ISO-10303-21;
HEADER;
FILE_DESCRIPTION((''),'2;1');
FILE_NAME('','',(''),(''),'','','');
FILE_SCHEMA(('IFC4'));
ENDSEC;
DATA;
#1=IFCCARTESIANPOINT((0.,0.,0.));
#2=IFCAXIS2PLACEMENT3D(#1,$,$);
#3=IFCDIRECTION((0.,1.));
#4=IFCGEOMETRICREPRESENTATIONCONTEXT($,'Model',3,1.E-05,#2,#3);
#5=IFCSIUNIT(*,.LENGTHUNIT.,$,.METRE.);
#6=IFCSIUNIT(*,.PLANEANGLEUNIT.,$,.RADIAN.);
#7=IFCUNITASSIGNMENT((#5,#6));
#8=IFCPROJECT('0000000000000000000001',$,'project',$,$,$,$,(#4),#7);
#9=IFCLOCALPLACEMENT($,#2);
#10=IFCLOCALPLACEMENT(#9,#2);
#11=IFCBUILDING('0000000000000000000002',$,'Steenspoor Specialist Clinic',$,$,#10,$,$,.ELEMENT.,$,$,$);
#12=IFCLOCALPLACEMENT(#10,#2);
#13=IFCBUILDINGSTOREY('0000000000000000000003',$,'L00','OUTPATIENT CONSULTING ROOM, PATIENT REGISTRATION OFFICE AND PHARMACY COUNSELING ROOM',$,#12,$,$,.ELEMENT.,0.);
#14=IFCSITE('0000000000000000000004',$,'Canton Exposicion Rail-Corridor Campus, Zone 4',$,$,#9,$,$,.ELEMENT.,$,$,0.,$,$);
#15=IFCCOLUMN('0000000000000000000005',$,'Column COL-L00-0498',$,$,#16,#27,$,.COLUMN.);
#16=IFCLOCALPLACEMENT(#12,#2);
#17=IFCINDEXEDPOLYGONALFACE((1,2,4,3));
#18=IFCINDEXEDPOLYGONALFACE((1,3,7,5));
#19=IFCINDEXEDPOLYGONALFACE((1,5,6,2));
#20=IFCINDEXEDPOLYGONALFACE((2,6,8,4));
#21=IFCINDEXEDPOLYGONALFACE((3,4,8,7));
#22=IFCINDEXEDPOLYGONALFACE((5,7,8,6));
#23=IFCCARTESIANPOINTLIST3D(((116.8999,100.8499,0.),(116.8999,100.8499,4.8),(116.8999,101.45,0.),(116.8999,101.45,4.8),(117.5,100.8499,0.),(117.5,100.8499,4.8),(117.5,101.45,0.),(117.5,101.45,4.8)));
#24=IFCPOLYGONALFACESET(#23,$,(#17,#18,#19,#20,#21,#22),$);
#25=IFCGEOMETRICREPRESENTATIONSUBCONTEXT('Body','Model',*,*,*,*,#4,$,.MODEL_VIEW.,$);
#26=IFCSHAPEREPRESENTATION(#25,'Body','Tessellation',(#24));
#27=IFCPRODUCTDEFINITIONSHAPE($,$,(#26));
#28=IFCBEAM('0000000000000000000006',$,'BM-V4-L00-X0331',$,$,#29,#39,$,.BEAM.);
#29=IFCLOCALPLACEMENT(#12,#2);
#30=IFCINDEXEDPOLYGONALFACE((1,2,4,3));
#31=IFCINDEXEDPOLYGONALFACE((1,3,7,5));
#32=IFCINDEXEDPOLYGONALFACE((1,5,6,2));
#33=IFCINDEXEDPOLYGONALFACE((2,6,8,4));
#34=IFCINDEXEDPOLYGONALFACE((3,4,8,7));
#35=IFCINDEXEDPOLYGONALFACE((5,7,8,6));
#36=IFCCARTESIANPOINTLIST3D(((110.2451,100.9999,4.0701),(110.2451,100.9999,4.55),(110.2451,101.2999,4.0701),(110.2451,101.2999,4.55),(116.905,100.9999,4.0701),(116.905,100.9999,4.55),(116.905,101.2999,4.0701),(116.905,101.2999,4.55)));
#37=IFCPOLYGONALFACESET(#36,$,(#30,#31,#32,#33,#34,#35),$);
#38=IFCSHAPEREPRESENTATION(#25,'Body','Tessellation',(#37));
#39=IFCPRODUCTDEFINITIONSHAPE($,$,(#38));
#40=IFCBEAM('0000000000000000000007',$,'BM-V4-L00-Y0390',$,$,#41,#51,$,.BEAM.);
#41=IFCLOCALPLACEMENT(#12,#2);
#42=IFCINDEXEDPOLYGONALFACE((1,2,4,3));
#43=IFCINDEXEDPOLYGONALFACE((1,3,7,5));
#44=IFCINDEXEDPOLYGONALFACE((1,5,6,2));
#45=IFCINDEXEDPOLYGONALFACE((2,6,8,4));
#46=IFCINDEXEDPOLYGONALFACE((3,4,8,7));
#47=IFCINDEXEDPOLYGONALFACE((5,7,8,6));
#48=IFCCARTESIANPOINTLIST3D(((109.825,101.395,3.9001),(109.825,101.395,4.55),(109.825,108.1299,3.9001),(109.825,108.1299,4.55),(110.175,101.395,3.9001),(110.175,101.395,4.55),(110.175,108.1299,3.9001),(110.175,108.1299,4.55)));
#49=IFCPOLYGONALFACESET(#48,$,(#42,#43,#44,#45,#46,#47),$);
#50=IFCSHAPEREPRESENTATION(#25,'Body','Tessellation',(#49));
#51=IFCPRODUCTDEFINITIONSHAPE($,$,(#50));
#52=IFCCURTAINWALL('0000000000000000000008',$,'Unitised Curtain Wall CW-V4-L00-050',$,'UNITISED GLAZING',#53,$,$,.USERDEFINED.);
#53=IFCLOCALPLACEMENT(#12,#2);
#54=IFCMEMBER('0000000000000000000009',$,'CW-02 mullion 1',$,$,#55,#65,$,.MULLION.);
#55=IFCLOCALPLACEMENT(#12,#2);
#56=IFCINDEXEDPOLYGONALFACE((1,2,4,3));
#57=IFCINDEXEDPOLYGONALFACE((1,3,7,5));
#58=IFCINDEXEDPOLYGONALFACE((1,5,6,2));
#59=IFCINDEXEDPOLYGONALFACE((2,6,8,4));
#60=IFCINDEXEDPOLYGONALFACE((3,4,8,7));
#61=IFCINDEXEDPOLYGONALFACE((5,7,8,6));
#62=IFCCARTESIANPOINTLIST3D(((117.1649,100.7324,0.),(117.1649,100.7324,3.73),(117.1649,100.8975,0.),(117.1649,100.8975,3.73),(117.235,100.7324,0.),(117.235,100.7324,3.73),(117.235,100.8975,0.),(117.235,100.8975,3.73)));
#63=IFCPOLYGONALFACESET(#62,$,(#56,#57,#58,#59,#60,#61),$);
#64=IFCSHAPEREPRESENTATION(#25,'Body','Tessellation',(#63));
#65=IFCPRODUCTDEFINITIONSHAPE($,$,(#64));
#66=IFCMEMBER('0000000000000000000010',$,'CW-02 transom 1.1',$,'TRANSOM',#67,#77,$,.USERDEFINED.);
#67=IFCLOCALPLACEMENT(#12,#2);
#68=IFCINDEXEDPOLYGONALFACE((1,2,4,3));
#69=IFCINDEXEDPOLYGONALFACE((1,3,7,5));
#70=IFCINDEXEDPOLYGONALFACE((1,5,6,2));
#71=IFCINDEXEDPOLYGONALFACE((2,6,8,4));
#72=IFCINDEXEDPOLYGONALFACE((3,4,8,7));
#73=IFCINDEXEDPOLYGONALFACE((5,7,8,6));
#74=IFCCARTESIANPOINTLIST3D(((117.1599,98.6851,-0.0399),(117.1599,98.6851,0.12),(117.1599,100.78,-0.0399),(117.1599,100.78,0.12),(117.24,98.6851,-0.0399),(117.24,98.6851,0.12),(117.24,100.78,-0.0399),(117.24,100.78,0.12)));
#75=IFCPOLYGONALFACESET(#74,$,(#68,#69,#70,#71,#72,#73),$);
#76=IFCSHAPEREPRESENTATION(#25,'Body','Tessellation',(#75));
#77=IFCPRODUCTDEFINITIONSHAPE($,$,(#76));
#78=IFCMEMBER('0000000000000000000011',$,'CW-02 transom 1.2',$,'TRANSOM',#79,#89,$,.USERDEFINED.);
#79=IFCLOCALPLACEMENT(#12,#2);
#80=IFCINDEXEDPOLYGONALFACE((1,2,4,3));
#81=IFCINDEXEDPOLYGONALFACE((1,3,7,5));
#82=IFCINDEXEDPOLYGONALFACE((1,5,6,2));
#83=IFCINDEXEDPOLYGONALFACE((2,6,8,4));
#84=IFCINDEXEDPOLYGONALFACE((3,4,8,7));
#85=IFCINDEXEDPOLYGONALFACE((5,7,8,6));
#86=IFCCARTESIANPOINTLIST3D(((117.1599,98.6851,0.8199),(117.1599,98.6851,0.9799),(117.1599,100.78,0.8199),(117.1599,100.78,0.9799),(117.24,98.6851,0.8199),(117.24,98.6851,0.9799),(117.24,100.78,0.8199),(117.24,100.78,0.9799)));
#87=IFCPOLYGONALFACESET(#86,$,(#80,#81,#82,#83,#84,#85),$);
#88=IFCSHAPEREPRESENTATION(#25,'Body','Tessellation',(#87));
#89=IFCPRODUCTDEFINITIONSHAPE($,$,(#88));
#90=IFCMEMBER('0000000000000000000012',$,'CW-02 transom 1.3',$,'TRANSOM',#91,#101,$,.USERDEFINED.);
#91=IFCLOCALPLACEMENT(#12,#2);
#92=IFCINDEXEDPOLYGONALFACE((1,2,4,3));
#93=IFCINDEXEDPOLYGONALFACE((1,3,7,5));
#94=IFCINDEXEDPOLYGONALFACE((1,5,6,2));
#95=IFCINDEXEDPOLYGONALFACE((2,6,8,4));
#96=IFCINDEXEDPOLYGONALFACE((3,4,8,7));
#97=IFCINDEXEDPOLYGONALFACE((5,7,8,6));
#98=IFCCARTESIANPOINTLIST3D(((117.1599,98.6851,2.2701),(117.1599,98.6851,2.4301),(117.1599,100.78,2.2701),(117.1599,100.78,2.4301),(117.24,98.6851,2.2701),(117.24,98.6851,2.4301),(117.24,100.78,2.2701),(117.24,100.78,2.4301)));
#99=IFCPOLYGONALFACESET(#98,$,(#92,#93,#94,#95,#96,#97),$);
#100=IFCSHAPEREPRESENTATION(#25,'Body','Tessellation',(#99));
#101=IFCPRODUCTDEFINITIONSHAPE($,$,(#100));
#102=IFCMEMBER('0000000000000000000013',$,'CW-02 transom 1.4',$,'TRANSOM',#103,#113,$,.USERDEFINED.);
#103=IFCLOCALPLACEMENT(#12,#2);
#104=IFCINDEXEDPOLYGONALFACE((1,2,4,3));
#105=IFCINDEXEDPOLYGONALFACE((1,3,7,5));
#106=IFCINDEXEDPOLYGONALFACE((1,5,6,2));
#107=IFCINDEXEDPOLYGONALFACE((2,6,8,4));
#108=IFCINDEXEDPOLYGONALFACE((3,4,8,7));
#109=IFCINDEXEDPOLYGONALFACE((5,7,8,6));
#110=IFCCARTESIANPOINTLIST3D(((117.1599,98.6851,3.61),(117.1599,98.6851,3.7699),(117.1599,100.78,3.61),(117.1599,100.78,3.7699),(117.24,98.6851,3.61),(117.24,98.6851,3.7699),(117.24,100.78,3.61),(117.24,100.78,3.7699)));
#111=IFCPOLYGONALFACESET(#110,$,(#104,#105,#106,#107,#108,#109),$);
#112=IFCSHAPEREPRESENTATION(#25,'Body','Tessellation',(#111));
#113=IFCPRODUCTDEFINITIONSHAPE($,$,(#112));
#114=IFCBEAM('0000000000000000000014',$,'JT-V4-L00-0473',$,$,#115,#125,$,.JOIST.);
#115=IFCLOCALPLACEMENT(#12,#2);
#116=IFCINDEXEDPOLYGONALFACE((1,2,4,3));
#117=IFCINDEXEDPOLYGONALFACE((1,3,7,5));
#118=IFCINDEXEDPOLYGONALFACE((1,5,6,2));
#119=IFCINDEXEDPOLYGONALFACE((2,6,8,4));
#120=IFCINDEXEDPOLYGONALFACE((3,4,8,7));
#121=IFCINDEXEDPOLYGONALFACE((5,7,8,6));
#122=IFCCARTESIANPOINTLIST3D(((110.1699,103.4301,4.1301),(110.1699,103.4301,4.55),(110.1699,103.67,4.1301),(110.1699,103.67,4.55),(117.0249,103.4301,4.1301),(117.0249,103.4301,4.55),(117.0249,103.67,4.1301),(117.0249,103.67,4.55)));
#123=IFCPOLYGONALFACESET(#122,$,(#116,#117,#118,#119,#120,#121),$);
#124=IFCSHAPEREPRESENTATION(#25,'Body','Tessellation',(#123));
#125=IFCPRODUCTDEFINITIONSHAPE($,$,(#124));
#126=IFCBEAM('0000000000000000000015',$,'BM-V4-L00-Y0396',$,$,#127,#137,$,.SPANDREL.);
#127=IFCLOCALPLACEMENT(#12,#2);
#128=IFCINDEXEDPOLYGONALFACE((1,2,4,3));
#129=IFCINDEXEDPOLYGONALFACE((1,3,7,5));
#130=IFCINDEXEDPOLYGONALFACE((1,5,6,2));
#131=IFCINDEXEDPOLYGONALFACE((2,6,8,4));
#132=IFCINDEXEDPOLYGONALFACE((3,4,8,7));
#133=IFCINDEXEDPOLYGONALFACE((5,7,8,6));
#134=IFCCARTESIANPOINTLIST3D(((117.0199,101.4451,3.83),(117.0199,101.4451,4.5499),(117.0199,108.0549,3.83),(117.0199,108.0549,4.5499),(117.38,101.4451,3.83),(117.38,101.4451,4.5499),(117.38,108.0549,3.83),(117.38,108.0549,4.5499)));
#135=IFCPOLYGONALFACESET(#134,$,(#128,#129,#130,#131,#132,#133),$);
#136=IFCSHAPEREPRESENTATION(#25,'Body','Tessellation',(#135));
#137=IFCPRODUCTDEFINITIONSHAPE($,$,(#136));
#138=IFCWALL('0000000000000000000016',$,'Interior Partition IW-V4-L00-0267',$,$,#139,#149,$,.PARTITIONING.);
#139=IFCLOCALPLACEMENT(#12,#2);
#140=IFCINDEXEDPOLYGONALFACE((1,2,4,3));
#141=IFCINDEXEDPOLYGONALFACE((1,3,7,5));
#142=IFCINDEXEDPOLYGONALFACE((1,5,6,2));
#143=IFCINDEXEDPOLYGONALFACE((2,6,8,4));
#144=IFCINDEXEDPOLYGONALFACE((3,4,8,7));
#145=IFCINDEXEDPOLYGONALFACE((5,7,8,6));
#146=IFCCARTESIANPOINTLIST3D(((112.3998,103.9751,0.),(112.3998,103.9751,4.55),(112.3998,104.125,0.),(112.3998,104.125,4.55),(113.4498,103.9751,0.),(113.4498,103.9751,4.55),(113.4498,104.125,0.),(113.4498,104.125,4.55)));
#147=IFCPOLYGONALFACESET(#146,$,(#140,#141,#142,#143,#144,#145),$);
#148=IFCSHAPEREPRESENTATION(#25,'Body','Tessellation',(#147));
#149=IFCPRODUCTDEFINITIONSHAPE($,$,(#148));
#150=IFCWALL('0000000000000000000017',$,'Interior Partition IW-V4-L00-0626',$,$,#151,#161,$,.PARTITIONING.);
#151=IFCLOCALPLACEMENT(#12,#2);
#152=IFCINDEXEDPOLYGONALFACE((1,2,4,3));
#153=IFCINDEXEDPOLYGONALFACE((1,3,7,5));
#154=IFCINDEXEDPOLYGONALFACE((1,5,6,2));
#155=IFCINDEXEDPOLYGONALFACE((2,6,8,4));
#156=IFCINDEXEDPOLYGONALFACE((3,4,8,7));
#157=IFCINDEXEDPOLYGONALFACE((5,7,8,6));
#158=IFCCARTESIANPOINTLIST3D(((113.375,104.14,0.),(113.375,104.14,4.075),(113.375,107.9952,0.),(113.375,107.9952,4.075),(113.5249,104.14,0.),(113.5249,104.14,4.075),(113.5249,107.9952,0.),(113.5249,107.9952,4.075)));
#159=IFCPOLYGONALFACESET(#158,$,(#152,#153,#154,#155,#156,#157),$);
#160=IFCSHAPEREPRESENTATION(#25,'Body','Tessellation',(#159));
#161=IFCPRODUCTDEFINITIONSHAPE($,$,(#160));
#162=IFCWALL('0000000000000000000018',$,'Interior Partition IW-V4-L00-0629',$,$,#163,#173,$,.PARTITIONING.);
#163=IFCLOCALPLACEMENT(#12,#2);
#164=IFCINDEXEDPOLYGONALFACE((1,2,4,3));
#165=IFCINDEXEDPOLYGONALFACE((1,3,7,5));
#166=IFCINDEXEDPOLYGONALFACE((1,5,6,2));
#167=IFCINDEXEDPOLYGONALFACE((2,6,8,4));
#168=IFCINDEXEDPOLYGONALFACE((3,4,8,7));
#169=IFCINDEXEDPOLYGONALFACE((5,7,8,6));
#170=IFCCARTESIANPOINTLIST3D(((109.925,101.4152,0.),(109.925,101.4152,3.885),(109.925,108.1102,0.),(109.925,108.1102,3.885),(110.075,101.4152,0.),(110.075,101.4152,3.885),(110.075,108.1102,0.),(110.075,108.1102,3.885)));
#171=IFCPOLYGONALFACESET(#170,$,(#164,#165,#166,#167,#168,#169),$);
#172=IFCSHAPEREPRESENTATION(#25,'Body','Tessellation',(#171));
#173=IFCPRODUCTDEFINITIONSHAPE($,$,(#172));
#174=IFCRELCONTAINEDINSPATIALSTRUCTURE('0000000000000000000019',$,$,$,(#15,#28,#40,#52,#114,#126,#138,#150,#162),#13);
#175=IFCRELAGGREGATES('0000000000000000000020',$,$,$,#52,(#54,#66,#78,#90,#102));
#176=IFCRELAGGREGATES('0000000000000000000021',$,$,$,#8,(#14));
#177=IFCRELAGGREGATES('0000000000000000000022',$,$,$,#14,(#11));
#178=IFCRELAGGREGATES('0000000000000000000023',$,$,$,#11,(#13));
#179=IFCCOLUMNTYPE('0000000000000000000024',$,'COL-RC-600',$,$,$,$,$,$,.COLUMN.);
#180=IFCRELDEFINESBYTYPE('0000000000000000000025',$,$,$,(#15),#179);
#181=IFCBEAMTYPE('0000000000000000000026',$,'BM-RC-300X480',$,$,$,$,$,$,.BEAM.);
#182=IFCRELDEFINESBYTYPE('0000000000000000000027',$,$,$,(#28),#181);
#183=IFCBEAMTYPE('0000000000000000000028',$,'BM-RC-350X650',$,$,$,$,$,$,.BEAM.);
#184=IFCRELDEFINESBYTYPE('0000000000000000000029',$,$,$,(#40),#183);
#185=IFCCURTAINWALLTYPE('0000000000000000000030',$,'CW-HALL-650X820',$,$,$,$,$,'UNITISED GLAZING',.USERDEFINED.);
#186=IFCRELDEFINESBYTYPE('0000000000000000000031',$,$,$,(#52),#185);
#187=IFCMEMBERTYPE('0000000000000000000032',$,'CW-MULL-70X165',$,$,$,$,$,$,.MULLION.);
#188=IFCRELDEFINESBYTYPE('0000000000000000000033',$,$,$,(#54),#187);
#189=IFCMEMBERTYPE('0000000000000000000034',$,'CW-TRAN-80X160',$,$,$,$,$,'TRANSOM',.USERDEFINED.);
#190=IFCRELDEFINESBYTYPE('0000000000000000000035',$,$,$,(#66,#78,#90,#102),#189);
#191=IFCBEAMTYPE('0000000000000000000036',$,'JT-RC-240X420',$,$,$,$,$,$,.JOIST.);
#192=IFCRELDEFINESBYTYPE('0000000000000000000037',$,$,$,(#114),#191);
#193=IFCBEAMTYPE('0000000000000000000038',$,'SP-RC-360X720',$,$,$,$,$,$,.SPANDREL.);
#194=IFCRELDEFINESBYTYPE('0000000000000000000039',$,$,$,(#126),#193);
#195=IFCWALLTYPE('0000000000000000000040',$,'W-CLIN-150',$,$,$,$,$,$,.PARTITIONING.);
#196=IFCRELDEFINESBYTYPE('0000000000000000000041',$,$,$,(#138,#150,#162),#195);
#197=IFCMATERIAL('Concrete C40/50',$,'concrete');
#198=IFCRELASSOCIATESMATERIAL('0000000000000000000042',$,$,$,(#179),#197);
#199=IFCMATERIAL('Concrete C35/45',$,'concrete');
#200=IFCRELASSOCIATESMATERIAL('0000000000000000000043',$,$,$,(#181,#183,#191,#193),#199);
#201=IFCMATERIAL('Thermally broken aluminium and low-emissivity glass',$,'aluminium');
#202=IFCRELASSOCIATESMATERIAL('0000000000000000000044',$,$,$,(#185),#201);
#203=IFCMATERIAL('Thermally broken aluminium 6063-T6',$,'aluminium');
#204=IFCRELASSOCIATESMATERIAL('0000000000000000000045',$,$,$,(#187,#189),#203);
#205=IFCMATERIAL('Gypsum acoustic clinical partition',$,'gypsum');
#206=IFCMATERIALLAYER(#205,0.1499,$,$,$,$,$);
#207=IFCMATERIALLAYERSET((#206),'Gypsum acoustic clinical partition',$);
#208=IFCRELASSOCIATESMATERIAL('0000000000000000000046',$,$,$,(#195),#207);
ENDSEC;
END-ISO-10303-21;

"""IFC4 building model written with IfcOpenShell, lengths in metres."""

from ifc_helpers import new_model, si_unit, direction, frame, frame_2d, origin, origin_2d, place, context, subcontext, project, spatial, rectangle, extrude, material, layer, layer_set, material_profile, profile_set, type_object, element, aggregate, save


model = new_model("IFC4")

# Units and contexts
model_context = context("Model", 3, precision=1e-05, world=origin(), true_north=direction((0.0, 1.0)))
body_context = subcontext(model_context, "Body", "Model", "MODEL_VIEW")
ifc_project = project(units=[si_unit("LENGTHUNIT", "METRE"), si_unit("PLANEANGLEUNIT", "RADIAN")], contexts=[model_context])

# Site, building, storey
site_placement = place(None, origin())
site = spatial("IfcSite", under=ifc_project, at=site_placement, Name="Canton Exposicion Rail-Corridor Campus, Zone 4", CompositionType="ELEMENT", RefElevation=0.0)
building_placement = place(site_placement, origin())
building = spatial("IfcBuilding", under=site, at=building_placement, Name="Steenspoor Specialist Clinic", CompositionType="ELEMENT")
storey_placement = place(building_placement, origin())
storey = spatial("IfcBuildingStorey", under=building, at=storey_placement, Name="L00", Description="OUTPATIENT CONSULTING ROOM, PATIENT REGISTRATION OFFICE AND PHARMACY COUNSELING ROOM", CompositionType="ELEMENT", Elevation=0.0)

# Shared definitions
ifc_material_1 = material(Name="Concrete C35/45", Category="concrete")

# Column
ifc_material_2 = material(Name="Concrete C40/50", Category="concrete")
ifc_material_profile_1 = material_profile(ifc_material_2, rectangle(XDim=0.6001, YDim=0.6001, at=origin_2d()), Name="RC-COL-600X600")
ifc_profile_set_1 = profile_set([ifc_material_profile_1], Name="Concrete C40/50")
column_type_1 = type_object("IfcColumnType", Name="COL-RC-600", PredefinedType="COLUMN", material=ifc_profile_set_1)
column_1_placement = place(storey_placement, frame((117.2, 101.1499, 0.0), z_axis=(0.0, 0.0, 1.0), x_axis=(1.0, 0.0, 0.0)))
element("IfcColumn", 1, at=column_1_placement, inside=storey, type_object=column_type_1, Name="Column COL-L00-0498", PredefinedType="COLUMN", context=body_context, shape_type="SweptSolid", body=[
    extrude(rectangle(XDim=0.6001, YDim=0.6001, at=origin_2d()), origin(), (0.0, 0.0, 1.0), 4.8),
])

# Beams
ifc_material_profile_2 = material_profile(ifc_material_1, rectangle(XDim=0.3, YDim=0.48, at=origin_2d()), Name="RC-BM-300X480")
ifc_profile_set_2 = profile_set([ifc_material_profile_2], Name="Concrete C35/45")
beam_type_1 = type_object("IfcBeamType", Name="BM-RC-300X480", PredefinedType="BEAM", material=ifc_profile_set_2)
beam_1_placement = place(storey_placement, frame((110.2451, 101.1499, 4.3101), z_axis=(1.0, 0.0, 0.0), x_axis=(0.0, 1.0, 0.0)))
element("IfcBeam", 2, at=beam_1_placement, inside=storey, type_object=beam_type_1, Name="BM-V4-L00-X0331", PredefinedType="BEAM", context=body_context, shape_type="SweptSolid", body=[
    extrude(rectangle(XDim=0.3, YDim=0.48, at=origin_2d()), origin(), (0.0, 0.0, 1.0), 6.6599),
])
ifc_material_profile_3 = material_profile(ifc_material_1, rectangle(XDim=0.3501, YDim=0.6499, at=origin_2d()), Name="RC-BM-350X650")
ifc_profile_set_3 = profile_set([ifc_material_profile_3], Name="Concrete C35/45")
beam_type_2 = type_object("IfcBeamType", Name="BM-RC-350X650", PredefinedType="BEAM", material=ifc_profile_set_3)
beam_2_placement = place(storey_placement, frame((110.0, 101.395, 4.2251), z_axis=(0.0, 1.0, 0.0), x_axis=(-1.0, 0.0, 0.0)))
element("IfcBeam", 3, at=beam_2_placement, inside=storey, type_object=beam_type_2, Name="BM-V4-L00-Y0390", PredefinedType="BEAM", context=body_context, shape_type="SweptSolid", body=[
    extrude(rectangle(XDim=0.3501, YDim=0.6499, at=origin_2d()), origin(), (0.0, 0.0, 1.0), 6.7349),
])

# Curtain wall, members
ifc_material_3 = material(Name="Thermally broken aluminium and low-emissivity glass", Category="aluminium")
curtain_wall_type = type_object("IfcCurtainWallType", Name="CW-HALL-650X820", ElementType="UNITISED GLAZING", PredefinedType="USERDEFINED", material=ifc_material_3)
curtain_wall_placement = place(storey_placement, origin())
curtain_wall = element("IfcCurtainWall", 4, at=curtain_wall_placement, inside=storey, type_object=curtain_wall_type, Name="Unitised Curtain Wall CW-V4-L00-050", ObjectType="UNITISED GLAZING", PredefinedType="USERDEFINED")
ifc_material_4 = material(Name="Thermally broken aluminium 6063-T6", Category="aluminium")
ifc_material_profile_4 = material_profile(ifc_material_4, rectangle(XDim=0.0701, YDim=0.165, at=origin_2d()), Name="CWM-70X165")
ifc_profile_set_4 = profile_set([ifc_material_profile_4], Name="Thermally broken aluminium 6063-T6")
member_type_1 = type_object("IfcMemberType", Name="CW-MULL-70X165", PredefinedType="MULLION", material=ifc_profile_set_4)
member_1_placement = place(storey_placement, frame((117.2, 100.8149, 0.0), z_axis=(0.0, 0.0, 1.0), x_axis=(1.0, 0.0, 0.0)))
member_1 = element("IfcMember", 5, at=member_1_placement, type_object=member_type_1, Name="CW-02 mullion 1", PredefinedType="MULLION", context=body_context, shape_type="SweptSolid", body=[
    extrude(rectangle(XDim=0.0701, YDim=0.165, at=origin_2d()), origin(), (0.0, 0.0, 1.0), 3.73),
])
ifc_material_profile_5 = material_profile(ifc_material_4, rectangle(XDim=0.0801, YDim=0.1599, at=origin_2d()), Name="CWT-80X160")
ifc_profile_set_5 = profile_set([ifc_material_profile_5], Name="Thermally broken aluminium 6063-T6")
member_type_2 = type_object("IfcMemberType", Name="CW-TRAN-80X160", ElementType="TRANSOM", PredefinedType="USERDEFINED", material=ifc_profile_set_5)
member_2_placement = place(storey_placement, frame((117.2, 100.78, 0.04), z_axis=(0.0, -1.0, 0.0), x_axis=(1.0, 0.0, 0.0)))
member_2 = element("IfcMember", 6, at=member_2_placement, type_object=member_type_2, Name="CW-02 transom 1.1", ObjectType="TRANSOM", PredefinedType="USERDEFINED", context=body_context, shape_type="SweptSolid", body=[
    extrude(rectangle(XDim=0.0801, YDim=0.1599, at=origin_2d()), origin(), (0.0, 0.0, 1.0), 2.095),
])
member_3_placement = place(storey_placement, frame((117.2, 100.78, 0.8999), z_axis=(0.0, -1.0, 0.0), x_axis=(1.0, 0.0, 0.0)))
member_3 = element("IfcMember", 7, at=member_3_placement, type_object=member_type_2, Name="CW-02 transom 1.2", ObjectType="TRANSOM", PredefinedType="USERDEFINED", context=body_context, shape_type="SweptSolid", body=[
    extrude(rectangle(XDim=0.0801, YDim=0.1599, at=origin_2d()), origin(), (0.0, 0.0, 1.0), 2.095),
])
member_4_placement = place(storey_placement, frame((117.2, 100.78, 2.3501), z_axis=(0.0, -1.0, 0.0), x_axis=(1.0, 0.0, 0.0)))
member_4 = element("IfcMember", 8, at=member_4_placement, type_object=member_type_2, Name="CW-02 transom 1.3", ObjectType="TRANSOM", PredefinedType="USERDEFINED", context=body_context, shape_type="SweptSolid", body=[
    extrude(rectangle(XDim=0.0801, YDim=0.1599, at=origin_2d()), origin(), (0.0, 0.0, 1.0), 2.095),
])
member_5_placement = place(storey_placement, frame((117.2, 100.78, 3.6899), z_axis=(0.0, -1.0, 0.0), x_axis=(1.0, 0.0, 0.0)))
member_5 = element("IfcMember", 9, at=member_5_placement, type_object=member_type_2, Name="CW-02 transom 1.4", ObjectType="TRANSOM", PredefinedType="USERDEFINED", context=body_context, shape_type="SweptSolid", body=[
    extrude(rectangle(XDim=0.0801, YDim=0.1599, at=origin_2d()), origin(), (0.0, 0.0, 1.0), 2.095),
])
aggregate(curtain_wall, [member_1, member_2, member_3, member_4, member_5])

# Beams
ifc_material_profile_6 = material_profile(ifc_material_1, rectangle(XDim=0.24, YDim=0.4199, at=origin_2d()), Name="RC-JT-240X420")
ifc_profile_set_6 = profile_set([ifc_material_profile_6], Name="Concrete C35/45")
beam_type_3 = type_object("IfcBeamType", Name="JT-RC-240X420", PredefinedType="JOIST", material=ifc_profile_set_6)
beam_3_placement = place(storey_placement, frame((110.1699, 103.55, 4.3401), z_axis=(1.0, 0.0, 0.0), x_axis=(0.0, 1.0, 0.0)))
element("IfcBeam", 10, at=beam_3_placement, inside=storey, type_object=beam_type_3, Name="JT-V4-L00-0473", PredefinedType="JOIST", context=body_context, shape_type="SweptSolid", body=[
    extrude(rectangle(XDim=0.24, YDim=0.4199, at=origin_2d()), origin(), (0.0, 0.0, 1.0), 6.855),
])
ifc_material_profile_7 = material_profile(ifc_material_1, rectangle(XDim=0.3601, YDim=0.72, at=origin_2d()), Name="RC-SP-360X720")
ifc_profile_set_7 = profile_set([ifc_material_profile_7], Name="Concrete C35/45")
beam_type_4 = type_object("IfcBeamType", Name="SP-RC-360X720", PredefinedType="SPANDREL", material=ifc_profile_set_7)
beam_4_placement = place(storey_placement, frame((117.2, 101.4451, 4.1899), z_axis=(0.0, 1.0, 0.0), x_axis=(-1.0, 0.0, 0.0)))
element("IfcBeam", 11, at=beam_4_placement, inside=storey, type_object=beam_type_4, Name="BM-V4-L00-Y0396", PredefinedType="SPANDREL", context=body_context, shape_type="SweptSolid", body=[
    extrude(rectangle(XDim=0.3601, YDim=0.72, at=origin_2d()), origin(), (0.0, 0.0, 1.0), 6.6099),
])

# Walls
ifc_material_5 = material(Name="Gypsum acoustic clinical partition", Category="gypsum")
ifc_layer_1 = layer(ifc_material_5, 0.1499)
ifc_layer_set_1 = layer_set([ifc_layer_1], Name="Gypsum acoustic clinical partition")
wall_type_1 = type_object("IfcWallType", Name="W-CLIN-150", PredefinedType="PARTITIONING", material=ifc_layer_set_1)
wall_1_placement = place(storey_placement, frame((112.3999, 104.05, 0.0), z_axis=(0.0, 0.0, 1.0), x_axis=(1.0, 0.0, 0.0)))
element("IfcWall", 12, at=wall_1_placement, inside=storey, type_object=wall_type_1, Name="Interior Partition IW-V4-L00-0267", PredefinedType="PARTITIONING", context=body_context, shape_type="SweptSolid", body=[
    extrude(rectangle(XDim=1.05, YDim=0.1499, at=frame_2d((0.5249, 0.0))), origin(), (0.0, 0.0, 1.0), 4.55),
])
wall_2_placement = place(storey_placement, frame((113.45, 104.1399, 0.0), z_axis=(0.0, 0.0, 1.0), x_axis=(0.0, 1.0, 0.0)))
element("IfcWall", 13, at=wall_2_placement, inside=storey, type_object=wall_type_1, Name="Interior Partition IW-V4-L00-0626", PredefinedType="PARTITIONING", context=body_context, shape_type="SweptSolid", body=[
    extrude(rectangle(XDim=3.8552, YDim=0.1499, at=frame_2d((1.9277, 0.0))), origin(), (0.0, 0.0, 1.0), 4.075),
])
wall_3_placement = place(storey_placement, frame((110.0, 101.415, 0.0), z_axis=(0.0, 0.0, 1.0), x_axis=(0.0, 1.0, 0.0)))
element("IfcWall", 14, at=wall_3_placement, inside=storey, type_object=wall_type_1, Name="Interior Partition IW-V4-L00-0629", PredefinedType="PARTITIONING", context=body_context, shape_type="SweptSolid", body=[
    extrude(rectangle(XDim=6.6951, YDim=0.1499, at=frame_2d((3.3477, 0.0))), origin(), (0.0, 0.0, 1.0), 3.885),
])

save(model, "model.ifc")
